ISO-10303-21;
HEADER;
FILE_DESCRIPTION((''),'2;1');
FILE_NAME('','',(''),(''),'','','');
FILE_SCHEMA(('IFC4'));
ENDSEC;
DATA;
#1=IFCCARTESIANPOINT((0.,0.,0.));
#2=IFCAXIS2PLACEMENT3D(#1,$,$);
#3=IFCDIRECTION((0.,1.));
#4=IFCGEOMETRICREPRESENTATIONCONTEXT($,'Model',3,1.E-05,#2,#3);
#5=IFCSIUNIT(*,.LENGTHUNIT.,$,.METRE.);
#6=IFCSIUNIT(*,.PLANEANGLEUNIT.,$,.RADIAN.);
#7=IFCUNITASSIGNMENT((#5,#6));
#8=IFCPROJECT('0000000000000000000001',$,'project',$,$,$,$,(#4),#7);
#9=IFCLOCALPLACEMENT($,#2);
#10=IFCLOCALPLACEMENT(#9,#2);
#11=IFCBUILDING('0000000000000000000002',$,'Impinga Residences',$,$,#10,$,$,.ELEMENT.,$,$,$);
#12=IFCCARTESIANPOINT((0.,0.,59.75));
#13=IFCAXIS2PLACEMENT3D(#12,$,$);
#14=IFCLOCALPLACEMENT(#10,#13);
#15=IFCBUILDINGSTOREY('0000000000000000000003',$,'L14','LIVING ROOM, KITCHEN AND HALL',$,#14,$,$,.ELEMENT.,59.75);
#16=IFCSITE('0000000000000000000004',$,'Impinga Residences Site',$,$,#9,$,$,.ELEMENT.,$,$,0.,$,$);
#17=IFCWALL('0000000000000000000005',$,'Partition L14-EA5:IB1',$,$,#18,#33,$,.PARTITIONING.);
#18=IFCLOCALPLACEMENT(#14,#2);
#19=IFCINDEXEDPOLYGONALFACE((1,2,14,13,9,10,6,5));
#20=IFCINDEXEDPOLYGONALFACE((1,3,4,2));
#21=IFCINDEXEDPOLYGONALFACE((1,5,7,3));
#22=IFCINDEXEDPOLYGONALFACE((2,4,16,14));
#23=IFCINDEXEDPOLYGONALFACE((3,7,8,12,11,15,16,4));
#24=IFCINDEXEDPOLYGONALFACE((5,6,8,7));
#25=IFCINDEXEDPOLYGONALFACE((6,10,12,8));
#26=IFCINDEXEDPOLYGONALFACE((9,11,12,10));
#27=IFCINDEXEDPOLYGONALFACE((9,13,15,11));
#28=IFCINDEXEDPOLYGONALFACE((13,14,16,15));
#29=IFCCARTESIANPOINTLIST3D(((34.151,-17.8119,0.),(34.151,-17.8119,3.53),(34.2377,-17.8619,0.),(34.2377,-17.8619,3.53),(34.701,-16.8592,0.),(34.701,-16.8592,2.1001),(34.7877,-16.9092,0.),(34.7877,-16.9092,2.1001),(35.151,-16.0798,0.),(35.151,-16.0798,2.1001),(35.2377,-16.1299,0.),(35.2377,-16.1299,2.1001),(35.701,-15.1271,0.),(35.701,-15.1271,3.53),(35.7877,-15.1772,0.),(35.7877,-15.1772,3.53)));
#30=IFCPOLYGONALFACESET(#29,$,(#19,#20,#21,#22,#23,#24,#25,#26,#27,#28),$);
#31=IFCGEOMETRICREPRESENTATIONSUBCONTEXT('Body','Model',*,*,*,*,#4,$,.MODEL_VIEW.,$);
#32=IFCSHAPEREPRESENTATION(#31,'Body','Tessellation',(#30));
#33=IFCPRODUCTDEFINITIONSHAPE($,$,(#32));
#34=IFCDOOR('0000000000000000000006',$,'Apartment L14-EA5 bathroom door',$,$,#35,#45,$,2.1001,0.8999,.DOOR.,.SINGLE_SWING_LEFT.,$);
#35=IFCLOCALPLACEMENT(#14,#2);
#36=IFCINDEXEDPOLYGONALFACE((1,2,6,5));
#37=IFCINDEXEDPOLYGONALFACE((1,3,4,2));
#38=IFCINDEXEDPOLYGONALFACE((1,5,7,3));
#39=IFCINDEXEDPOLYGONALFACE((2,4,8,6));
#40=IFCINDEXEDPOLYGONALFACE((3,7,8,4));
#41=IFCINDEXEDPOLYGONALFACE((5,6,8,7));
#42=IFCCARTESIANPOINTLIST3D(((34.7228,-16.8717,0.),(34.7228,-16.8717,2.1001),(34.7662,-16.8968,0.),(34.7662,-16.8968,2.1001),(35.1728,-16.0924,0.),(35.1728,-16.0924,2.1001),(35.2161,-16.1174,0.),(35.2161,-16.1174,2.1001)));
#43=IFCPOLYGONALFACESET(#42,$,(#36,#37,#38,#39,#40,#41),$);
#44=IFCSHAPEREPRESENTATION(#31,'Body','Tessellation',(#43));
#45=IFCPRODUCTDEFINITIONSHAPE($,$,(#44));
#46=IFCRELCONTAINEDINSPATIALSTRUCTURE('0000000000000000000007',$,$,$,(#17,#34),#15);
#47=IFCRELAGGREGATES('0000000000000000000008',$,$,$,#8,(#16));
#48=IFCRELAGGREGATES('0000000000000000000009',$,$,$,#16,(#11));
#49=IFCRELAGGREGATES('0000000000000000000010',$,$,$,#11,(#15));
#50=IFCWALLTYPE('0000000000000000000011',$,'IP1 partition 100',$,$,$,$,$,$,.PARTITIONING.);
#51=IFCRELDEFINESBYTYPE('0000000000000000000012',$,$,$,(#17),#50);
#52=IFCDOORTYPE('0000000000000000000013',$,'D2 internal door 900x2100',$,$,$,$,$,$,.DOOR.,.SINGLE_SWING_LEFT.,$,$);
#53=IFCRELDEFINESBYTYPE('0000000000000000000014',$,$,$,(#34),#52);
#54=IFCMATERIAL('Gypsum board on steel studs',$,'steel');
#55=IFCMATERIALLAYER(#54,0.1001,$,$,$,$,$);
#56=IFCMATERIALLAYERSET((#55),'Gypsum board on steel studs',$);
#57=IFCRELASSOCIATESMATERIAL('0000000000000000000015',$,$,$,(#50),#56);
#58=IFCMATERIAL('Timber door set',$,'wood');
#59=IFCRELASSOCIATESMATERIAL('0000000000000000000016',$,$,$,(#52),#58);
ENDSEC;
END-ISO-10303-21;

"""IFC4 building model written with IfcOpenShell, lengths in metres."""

from ifc_helpers import new_model, si_unit, direction, frame, frame_2d, origin, place, context, subcontext, project, spatial, rectangle, extrude, material, layer, layer_set, type_object, element, fill, save


model = new_model("IFC4")

# Units and contexts
model_context = context("Model", 3, precision=1e-05, world=origin(), true_north=direction((0.0, 1.0)))
body_context = subcontext(model_context, "Body", "Model", "MODEL_VIEW")
ifc_project = project(units=[si_unit("LENGTHUNIT", "METRE"), si_unit("PLANEANGLEUNIT", "RADIAN")], contexts=[model_context])

# Site, building, storey
site_placement = place(None, origin())
site = spatial("IfcSite", under=ifc_project, at=site_placement, Name="Impinga Residences Site", CompositionType="ELEMENT", RefElevation=0.0)
building_placement = place(site_placement, origin())
building = spatial("IfcBuilding", under=site, at=building_placement, Name="Impinga Residences", CompositionType="ELEMENT")
storey_placement = place(building_placement, frame((0.0, 0.0, 59.75)))
storey = spatial("IfcBuildingStorey", under=building, at=storey_placement, Name="L14", Description="LIVING ROOM, KITCHEN AND HALL", CompositionType="ELEMENT", Elevation=59.75)

# Wall, opening, door
ifc_material_1 = material(Name="Gypsum board on steel studs", Category="steel")
ifc_layer_1 = layer(ifc_material_1, 0.1001)
ifc_layer_set_1 = layer_set([ifc_layer_1], Name="Gypsum board on steel studs")
wall_type_1 = type_object("IfcWallType", Name="IP1 partition 100", PredefinedType="PARTITIONING", material=ifc_layer_set_1)
wall_1_placement = place(storey_placement, frame((34.1943, -17.8369, 0.0), z_axis=(0.0, 0.0, 1.0), x_axis=(0.499993, 0.86603, 0.0)))
wall_1 = element("IfcWall", 1, at=wall_1_placement, inside=storey, type_object=wall_type_1, Name="Partition L14-EA5:IB1", PredefinedType="PARTITIONING", context=body_context, shape_type="SweptSolid", body=[
    extrude(rectangle(XDim=3.1001, YDim=0.1001, at=frame_2d((1.55, 0.0))), origin(), (0.0, 0.0, 1.0), 3.53),
])
opening_1_placement = place(wall_1_placement, frame((1.1001, 0.0, 0.0)))
opening_1 = element("IfcOpeningElement", 2, at=opening_1_placement, cuts=wall_1, PredefinedType="OPENING", context=body_context, shape_type="SweptSolid", body=[
    extrude(rectangle(XDim=0.8999, YDim=2.1001, at=frame_2d((0.45, 1.05))), frame((0.0, 0.0601, 0.0), z_axis=(0.0, -1.0, 0.0), x_axis=(1.0, 0.0, 0.0)), (0.0, 0.0, 1.0), 0.1201),
])
ifc_material_2 = material(Name="Timber door set", Category="wood")
door_type = type_object("IfcDoorType", Name="D2 internal door 900x2100", OperationType="SINGLE_SWING_LEFT", PredefinedType="DOOR", material=ifc_material_2)
door_placement = place(opening_1_placement, origin())
door = element("IfcDoor", 3, at=door_placement, inside=storey, type_object=door_type, Name="Apartment L14-EA5 bathroom door", OperationType="SINGLE_SWING_LEFT", OverallHeight=2.1001, OverallWidth=0.8999, PredefinedType="DOOR", context=body_context, shape_type="SweptSolid", body=[
    extrude(rectangle(XDim=0.8999, YDim=2.1001, at=frame_2d((0.45, 1.05))), frame((0.0, 0.0249, 0.0), z_axis=(0.0, -1.0, 0.0), x_axis=(1.0, 0.0, 0.0)), (0.0, 0.0, 1.0), 0.05),
])
fill(opening_1, door)

save(model, "model.ifc")
